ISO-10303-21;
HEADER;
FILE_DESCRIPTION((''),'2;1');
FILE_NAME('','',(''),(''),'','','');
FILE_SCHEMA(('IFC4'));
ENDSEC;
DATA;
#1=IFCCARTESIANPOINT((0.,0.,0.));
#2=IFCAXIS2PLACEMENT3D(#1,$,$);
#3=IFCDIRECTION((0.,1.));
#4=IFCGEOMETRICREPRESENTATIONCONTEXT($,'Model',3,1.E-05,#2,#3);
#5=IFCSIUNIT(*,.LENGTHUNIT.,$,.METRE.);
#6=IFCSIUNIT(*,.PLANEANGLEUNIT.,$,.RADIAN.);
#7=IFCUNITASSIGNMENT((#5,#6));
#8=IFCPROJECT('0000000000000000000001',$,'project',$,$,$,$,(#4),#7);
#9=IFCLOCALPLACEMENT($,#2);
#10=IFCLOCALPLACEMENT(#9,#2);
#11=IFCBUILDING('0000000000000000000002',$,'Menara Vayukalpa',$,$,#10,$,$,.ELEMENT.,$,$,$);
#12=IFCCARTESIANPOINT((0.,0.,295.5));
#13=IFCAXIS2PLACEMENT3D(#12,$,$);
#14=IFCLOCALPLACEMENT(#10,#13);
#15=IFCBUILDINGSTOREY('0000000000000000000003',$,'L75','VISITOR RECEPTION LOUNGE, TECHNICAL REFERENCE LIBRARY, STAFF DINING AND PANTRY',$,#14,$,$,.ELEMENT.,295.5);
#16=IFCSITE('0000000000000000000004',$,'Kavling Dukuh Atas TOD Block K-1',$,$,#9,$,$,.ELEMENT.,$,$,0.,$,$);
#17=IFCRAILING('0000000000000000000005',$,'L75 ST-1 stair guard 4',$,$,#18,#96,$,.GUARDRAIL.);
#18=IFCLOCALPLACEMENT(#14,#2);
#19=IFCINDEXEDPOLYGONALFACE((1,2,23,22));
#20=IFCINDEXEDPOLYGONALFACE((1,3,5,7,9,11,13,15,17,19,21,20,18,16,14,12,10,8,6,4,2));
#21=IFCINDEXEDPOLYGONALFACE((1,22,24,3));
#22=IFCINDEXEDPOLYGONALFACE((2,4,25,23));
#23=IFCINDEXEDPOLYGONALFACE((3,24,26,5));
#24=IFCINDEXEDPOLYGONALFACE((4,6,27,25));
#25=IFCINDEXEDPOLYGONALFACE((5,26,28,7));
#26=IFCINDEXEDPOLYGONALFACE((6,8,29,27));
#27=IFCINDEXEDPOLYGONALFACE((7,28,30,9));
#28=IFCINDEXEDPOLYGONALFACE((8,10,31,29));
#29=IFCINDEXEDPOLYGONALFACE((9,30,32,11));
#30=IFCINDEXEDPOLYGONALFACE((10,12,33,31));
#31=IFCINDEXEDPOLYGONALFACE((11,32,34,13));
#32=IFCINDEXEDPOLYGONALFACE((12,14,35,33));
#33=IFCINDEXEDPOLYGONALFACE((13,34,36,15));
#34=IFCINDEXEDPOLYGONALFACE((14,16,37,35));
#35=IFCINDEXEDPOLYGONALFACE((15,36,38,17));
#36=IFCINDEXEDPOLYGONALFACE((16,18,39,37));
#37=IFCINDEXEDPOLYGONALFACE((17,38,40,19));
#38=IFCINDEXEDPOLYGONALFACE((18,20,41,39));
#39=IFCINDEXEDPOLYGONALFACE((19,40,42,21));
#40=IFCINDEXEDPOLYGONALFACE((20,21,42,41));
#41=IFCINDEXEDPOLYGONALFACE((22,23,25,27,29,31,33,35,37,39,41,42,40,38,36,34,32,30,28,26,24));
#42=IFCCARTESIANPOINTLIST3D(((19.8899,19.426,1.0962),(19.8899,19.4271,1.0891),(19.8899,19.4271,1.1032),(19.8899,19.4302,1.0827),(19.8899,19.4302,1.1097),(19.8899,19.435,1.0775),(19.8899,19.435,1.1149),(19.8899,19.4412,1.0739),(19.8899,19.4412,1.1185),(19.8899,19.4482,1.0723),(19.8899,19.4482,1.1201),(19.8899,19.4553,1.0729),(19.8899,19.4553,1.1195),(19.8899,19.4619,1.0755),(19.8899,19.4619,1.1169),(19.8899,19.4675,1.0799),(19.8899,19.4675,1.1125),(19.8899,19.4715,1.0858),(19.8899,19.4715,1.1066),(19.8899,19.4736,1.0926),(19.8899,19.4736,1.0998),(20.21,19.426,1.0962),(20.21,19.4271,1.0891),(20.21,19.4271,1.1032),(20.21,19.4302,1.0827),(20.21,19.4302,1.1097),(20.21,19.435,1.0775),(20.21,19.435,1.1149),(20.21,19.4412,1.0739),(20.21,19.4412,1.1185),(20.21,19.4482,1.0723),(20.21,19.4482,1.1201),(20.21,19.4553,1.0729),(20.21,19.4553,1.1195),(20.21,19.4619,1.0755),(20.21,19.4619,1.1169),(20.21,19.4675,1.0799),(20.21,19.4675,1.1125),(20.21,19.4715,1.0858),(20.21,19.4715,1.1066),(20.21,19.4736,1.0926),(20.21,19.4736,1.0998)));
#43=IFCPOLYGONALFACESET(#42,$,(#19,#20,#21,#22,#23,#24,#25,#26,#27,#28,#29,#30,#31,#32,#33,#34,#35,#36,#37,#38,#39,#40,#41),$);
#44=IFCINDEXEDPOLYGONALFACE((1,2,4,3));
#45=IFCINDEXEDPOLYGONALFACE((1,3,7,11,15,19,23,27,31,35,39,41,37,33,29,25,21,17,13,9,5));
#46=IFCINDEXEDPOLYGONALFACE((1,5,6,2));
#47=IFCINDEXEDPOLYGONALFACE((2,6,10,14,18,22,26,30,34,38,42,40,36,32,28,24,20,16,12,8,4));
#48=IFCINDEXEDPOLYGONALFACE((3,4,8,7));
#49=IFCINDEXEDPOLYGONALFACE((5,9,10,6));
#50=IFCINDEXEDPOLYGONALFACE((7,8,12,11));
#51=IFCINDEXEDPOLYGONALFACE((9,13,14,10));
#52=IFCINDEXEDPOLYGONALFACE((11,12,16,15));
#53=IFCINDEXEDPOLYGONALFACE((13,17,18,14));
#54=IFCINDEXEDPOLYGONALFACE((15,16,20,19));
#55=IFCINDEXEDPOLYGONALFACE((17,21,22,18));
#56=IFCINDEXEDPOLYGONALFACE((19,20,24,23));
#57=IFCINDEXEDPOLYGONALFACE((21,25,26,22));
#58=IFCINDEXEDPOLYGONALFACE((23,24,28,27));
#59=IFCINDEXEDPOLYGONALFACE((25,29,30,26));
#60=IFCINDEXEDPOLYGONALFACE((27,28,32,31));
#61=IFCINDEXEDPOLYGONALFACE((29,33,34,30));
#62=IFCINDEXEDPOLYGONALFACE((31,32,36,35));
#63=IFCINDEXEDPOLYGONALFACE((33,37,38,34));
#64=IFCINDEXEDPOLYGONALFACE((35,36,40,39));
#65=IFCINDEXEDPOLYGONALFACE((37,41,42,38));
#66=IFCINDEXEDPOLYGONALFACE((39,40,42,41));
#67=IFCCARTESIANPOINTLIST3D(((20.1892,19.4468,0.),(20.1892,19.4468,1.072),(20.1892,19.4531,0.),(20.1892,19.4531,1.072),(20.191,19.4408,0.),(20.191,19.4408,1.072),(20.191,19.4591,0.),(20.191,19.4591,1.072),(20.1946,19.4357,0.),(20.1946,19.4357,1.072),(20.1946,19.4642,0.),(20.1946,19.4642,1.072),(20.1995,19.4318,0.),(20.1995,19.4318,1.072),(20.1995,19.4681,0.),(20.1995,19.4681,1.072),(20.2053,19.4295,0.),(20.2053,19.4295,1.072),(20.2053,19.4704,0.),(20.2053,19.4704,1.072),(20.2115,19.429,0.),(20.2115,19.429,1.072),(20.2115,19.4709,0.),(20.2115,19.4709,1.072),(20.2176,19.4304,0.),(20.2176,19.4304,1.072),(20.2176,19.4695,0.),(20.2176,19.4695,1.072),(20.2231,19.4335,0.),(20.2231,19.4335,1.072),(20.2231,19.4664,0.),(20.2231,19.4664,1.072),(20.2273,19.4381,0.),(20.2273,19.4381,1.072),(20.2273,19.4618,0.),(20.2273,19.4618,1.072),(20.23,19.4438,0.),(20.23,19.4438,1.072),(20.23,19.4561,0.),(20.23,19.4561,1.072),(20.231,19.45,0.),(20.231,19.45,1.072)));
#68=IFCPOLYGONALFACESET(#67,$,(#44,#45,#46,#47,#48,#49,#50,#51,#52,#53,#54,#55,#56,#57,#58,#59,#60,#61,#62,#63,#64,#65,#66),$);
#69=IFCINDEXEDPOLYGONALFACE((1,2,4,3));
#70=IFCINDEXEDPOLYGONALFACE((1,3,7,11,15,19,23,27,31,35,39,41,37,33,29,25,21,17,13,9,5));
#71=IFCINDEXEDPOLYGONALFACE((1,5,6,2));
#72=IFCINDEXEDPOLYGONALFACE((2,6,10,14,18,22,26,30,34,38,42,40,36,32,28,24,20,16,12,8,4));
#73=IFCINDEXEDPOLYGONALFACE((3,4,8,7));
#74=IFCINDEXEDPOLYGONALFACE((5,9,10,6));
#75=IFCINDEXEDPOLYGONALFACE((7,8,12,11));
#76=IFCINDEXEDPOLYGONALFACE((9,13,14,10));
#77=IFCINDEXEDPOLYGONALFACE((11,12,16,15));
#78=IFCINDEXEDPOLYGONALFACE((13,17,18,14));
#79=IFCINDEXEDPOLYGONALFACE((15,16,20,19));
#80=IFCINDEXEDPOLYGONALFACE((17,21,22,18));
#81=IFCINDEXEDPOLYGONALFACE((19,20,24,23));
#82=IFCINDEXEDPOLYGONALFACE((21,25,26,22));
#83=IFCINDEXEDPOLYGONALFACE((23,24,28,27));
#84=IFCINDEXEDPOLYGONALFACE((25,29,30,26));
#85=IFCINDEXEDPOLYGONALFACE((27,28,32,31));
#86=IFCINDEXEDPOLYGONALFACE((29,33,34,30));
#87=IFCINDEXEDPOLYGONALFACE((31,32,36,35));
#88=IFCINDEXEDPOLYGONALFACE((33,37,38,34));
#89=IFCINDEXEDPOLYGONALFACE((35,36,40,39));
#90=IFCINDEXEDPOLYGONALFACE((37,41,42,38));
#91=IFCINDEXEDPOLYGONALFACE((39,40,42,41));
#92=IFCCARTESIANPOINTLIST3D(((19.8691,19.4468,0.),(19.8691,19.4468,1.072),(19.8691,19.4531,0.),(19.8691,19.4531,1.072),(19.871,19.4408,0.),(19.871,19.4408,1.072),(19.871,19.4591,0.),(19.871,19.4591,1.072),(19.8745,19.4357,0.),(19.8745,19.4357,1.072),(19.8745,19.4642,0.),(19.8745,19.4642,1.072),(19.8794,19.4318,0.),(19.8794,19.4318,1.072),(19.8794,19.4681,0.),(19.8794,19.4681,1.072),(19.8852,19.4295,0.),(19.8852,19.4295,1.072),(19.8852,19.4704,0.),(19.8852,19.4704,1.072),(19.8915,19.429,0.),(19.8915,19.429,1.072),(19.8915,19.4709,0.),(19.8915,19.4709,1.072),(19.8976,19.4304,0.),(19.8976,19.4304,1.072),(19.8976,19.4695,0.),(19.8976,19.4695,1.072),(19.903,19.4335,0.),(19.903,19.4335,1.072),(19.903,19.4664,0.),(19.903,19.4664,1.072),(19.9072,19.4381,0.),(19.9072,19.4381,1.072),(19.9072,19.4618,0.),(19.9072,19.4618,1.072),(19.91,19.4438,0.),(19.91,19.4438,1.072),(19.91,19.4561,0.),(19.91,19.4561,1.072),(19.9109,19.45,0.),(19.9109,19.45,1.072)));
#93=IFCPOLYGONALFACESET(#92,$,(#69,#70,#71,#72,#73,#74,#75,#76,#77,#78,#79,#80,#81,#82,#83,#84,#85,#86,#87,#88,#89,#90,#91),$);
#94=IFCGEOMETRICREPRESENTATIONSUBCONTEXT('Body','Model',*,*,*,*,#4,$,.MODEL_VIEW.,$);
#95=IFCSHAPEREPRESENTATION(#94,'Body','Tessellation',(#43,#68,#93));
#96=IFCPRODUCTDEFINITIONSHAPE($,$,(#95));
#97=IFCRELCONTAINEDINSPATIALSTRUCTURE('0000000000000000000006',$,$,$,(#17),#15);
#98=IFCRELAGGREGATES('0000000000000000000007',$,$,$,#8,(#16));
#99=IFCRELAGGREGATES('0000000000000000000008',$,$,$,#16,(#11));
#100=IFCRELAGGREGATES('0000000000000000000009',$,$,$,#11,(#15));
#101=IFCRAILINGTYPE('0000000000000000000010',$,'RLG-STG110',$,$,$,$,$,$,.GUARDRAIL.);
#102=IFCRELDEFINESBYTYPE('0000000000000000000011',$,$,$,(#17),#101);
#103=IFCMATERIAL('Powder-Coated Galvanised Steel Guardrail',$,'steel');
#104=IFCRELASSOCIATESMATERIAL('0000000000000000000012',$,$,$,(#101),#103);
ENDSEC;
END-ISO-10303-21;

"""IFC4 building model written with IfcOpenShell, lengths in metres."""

from ifc_helpers import new_model, si_unit, direction, frame, origin, origin_2d, place, context, subcontext, project, spatial, circle, extrude, material, type_object, element, save


model = new_model("IFC4")

# Units and contexts
model_context = context("Model", 3, precision=1e-05, world=origin(), true_north=direction((0.0, 1.0)))
body_context = subcontext(model_context, "Body", "Model", "MODEL_VIEW")
ifc_project = project(units=[si_unit("LENGTHUNIT", "METRE"), si_unit("PLANEANGLEUNIT", "RADIAN")], contexts=[model_context])

# Site, building, storey
site_placement = place(None, origin())
site = spatial("IfcSite", under=ifc_project, at=site_placement, Name="Kavling Dukuh Atas TOD Block K-1", CompositionType="ELEMENT", RefElevation=0.0)
building_placement = place(site_placement, origin())
building = spatial("IfcBuilding", under=site, at=building_placement, Name="Menara Vayukalpa", CompositionType="ELEMENT")
storey_placement = place(building_placement, frame((0.0, 0.0, 295.5)))
storey = spatial("IfcBuildingStorey", under=building, at=storey_placement, Name="L75", Description="VISITOR RECEPTION LOUNGE, TECHNICAL REFERENCE LIBRARY, STAFF DINING AND PANTRY", CompositionType="ELEMENT", Elevation=295.5)

# Railing
ifc_material_1 = material(Name="Powder-Coated Galvanised Steel Guardrail", Category="steel")
railing_type = type_object("IfcRailingType", Name="RLG-STG110", PredefinedType="GUARDRAIL", material=ifc_material_1)
railing_1_placement = place(storey_placement, frame((20.21, 19.45, 0.0)))
element("IfcRailing", 1, at=railing_1_placement, inside=storey, type_object=railing_type, Name="L75 ST-1 stair guard 4", PredefinedType="GUARDRAIL", context=body_context, shape_type="SweptSolid", body=[
    extrude(circle(Radius=0.0239, at=origin_2d()), frame((0.0, 0.0, 1.0962), z_axis=(-1.0, 0.0, 0.0), x_axis=(0.0, -1.0, 0.0)), (0.0, 0.0, 1.0), 0.3201),
    extrude(circle(Radius=0.021, at=origin_2d()), origin(), (0.0, 0.0, 1.0), 1.072),
    extrude(circle(Radius=0.021, at=origin_2d()), frame((-0.3201, 0.0, 0.0)), (0.0, 0.0, 1.0), 1.072),
])

save(model, "model.ifc")
